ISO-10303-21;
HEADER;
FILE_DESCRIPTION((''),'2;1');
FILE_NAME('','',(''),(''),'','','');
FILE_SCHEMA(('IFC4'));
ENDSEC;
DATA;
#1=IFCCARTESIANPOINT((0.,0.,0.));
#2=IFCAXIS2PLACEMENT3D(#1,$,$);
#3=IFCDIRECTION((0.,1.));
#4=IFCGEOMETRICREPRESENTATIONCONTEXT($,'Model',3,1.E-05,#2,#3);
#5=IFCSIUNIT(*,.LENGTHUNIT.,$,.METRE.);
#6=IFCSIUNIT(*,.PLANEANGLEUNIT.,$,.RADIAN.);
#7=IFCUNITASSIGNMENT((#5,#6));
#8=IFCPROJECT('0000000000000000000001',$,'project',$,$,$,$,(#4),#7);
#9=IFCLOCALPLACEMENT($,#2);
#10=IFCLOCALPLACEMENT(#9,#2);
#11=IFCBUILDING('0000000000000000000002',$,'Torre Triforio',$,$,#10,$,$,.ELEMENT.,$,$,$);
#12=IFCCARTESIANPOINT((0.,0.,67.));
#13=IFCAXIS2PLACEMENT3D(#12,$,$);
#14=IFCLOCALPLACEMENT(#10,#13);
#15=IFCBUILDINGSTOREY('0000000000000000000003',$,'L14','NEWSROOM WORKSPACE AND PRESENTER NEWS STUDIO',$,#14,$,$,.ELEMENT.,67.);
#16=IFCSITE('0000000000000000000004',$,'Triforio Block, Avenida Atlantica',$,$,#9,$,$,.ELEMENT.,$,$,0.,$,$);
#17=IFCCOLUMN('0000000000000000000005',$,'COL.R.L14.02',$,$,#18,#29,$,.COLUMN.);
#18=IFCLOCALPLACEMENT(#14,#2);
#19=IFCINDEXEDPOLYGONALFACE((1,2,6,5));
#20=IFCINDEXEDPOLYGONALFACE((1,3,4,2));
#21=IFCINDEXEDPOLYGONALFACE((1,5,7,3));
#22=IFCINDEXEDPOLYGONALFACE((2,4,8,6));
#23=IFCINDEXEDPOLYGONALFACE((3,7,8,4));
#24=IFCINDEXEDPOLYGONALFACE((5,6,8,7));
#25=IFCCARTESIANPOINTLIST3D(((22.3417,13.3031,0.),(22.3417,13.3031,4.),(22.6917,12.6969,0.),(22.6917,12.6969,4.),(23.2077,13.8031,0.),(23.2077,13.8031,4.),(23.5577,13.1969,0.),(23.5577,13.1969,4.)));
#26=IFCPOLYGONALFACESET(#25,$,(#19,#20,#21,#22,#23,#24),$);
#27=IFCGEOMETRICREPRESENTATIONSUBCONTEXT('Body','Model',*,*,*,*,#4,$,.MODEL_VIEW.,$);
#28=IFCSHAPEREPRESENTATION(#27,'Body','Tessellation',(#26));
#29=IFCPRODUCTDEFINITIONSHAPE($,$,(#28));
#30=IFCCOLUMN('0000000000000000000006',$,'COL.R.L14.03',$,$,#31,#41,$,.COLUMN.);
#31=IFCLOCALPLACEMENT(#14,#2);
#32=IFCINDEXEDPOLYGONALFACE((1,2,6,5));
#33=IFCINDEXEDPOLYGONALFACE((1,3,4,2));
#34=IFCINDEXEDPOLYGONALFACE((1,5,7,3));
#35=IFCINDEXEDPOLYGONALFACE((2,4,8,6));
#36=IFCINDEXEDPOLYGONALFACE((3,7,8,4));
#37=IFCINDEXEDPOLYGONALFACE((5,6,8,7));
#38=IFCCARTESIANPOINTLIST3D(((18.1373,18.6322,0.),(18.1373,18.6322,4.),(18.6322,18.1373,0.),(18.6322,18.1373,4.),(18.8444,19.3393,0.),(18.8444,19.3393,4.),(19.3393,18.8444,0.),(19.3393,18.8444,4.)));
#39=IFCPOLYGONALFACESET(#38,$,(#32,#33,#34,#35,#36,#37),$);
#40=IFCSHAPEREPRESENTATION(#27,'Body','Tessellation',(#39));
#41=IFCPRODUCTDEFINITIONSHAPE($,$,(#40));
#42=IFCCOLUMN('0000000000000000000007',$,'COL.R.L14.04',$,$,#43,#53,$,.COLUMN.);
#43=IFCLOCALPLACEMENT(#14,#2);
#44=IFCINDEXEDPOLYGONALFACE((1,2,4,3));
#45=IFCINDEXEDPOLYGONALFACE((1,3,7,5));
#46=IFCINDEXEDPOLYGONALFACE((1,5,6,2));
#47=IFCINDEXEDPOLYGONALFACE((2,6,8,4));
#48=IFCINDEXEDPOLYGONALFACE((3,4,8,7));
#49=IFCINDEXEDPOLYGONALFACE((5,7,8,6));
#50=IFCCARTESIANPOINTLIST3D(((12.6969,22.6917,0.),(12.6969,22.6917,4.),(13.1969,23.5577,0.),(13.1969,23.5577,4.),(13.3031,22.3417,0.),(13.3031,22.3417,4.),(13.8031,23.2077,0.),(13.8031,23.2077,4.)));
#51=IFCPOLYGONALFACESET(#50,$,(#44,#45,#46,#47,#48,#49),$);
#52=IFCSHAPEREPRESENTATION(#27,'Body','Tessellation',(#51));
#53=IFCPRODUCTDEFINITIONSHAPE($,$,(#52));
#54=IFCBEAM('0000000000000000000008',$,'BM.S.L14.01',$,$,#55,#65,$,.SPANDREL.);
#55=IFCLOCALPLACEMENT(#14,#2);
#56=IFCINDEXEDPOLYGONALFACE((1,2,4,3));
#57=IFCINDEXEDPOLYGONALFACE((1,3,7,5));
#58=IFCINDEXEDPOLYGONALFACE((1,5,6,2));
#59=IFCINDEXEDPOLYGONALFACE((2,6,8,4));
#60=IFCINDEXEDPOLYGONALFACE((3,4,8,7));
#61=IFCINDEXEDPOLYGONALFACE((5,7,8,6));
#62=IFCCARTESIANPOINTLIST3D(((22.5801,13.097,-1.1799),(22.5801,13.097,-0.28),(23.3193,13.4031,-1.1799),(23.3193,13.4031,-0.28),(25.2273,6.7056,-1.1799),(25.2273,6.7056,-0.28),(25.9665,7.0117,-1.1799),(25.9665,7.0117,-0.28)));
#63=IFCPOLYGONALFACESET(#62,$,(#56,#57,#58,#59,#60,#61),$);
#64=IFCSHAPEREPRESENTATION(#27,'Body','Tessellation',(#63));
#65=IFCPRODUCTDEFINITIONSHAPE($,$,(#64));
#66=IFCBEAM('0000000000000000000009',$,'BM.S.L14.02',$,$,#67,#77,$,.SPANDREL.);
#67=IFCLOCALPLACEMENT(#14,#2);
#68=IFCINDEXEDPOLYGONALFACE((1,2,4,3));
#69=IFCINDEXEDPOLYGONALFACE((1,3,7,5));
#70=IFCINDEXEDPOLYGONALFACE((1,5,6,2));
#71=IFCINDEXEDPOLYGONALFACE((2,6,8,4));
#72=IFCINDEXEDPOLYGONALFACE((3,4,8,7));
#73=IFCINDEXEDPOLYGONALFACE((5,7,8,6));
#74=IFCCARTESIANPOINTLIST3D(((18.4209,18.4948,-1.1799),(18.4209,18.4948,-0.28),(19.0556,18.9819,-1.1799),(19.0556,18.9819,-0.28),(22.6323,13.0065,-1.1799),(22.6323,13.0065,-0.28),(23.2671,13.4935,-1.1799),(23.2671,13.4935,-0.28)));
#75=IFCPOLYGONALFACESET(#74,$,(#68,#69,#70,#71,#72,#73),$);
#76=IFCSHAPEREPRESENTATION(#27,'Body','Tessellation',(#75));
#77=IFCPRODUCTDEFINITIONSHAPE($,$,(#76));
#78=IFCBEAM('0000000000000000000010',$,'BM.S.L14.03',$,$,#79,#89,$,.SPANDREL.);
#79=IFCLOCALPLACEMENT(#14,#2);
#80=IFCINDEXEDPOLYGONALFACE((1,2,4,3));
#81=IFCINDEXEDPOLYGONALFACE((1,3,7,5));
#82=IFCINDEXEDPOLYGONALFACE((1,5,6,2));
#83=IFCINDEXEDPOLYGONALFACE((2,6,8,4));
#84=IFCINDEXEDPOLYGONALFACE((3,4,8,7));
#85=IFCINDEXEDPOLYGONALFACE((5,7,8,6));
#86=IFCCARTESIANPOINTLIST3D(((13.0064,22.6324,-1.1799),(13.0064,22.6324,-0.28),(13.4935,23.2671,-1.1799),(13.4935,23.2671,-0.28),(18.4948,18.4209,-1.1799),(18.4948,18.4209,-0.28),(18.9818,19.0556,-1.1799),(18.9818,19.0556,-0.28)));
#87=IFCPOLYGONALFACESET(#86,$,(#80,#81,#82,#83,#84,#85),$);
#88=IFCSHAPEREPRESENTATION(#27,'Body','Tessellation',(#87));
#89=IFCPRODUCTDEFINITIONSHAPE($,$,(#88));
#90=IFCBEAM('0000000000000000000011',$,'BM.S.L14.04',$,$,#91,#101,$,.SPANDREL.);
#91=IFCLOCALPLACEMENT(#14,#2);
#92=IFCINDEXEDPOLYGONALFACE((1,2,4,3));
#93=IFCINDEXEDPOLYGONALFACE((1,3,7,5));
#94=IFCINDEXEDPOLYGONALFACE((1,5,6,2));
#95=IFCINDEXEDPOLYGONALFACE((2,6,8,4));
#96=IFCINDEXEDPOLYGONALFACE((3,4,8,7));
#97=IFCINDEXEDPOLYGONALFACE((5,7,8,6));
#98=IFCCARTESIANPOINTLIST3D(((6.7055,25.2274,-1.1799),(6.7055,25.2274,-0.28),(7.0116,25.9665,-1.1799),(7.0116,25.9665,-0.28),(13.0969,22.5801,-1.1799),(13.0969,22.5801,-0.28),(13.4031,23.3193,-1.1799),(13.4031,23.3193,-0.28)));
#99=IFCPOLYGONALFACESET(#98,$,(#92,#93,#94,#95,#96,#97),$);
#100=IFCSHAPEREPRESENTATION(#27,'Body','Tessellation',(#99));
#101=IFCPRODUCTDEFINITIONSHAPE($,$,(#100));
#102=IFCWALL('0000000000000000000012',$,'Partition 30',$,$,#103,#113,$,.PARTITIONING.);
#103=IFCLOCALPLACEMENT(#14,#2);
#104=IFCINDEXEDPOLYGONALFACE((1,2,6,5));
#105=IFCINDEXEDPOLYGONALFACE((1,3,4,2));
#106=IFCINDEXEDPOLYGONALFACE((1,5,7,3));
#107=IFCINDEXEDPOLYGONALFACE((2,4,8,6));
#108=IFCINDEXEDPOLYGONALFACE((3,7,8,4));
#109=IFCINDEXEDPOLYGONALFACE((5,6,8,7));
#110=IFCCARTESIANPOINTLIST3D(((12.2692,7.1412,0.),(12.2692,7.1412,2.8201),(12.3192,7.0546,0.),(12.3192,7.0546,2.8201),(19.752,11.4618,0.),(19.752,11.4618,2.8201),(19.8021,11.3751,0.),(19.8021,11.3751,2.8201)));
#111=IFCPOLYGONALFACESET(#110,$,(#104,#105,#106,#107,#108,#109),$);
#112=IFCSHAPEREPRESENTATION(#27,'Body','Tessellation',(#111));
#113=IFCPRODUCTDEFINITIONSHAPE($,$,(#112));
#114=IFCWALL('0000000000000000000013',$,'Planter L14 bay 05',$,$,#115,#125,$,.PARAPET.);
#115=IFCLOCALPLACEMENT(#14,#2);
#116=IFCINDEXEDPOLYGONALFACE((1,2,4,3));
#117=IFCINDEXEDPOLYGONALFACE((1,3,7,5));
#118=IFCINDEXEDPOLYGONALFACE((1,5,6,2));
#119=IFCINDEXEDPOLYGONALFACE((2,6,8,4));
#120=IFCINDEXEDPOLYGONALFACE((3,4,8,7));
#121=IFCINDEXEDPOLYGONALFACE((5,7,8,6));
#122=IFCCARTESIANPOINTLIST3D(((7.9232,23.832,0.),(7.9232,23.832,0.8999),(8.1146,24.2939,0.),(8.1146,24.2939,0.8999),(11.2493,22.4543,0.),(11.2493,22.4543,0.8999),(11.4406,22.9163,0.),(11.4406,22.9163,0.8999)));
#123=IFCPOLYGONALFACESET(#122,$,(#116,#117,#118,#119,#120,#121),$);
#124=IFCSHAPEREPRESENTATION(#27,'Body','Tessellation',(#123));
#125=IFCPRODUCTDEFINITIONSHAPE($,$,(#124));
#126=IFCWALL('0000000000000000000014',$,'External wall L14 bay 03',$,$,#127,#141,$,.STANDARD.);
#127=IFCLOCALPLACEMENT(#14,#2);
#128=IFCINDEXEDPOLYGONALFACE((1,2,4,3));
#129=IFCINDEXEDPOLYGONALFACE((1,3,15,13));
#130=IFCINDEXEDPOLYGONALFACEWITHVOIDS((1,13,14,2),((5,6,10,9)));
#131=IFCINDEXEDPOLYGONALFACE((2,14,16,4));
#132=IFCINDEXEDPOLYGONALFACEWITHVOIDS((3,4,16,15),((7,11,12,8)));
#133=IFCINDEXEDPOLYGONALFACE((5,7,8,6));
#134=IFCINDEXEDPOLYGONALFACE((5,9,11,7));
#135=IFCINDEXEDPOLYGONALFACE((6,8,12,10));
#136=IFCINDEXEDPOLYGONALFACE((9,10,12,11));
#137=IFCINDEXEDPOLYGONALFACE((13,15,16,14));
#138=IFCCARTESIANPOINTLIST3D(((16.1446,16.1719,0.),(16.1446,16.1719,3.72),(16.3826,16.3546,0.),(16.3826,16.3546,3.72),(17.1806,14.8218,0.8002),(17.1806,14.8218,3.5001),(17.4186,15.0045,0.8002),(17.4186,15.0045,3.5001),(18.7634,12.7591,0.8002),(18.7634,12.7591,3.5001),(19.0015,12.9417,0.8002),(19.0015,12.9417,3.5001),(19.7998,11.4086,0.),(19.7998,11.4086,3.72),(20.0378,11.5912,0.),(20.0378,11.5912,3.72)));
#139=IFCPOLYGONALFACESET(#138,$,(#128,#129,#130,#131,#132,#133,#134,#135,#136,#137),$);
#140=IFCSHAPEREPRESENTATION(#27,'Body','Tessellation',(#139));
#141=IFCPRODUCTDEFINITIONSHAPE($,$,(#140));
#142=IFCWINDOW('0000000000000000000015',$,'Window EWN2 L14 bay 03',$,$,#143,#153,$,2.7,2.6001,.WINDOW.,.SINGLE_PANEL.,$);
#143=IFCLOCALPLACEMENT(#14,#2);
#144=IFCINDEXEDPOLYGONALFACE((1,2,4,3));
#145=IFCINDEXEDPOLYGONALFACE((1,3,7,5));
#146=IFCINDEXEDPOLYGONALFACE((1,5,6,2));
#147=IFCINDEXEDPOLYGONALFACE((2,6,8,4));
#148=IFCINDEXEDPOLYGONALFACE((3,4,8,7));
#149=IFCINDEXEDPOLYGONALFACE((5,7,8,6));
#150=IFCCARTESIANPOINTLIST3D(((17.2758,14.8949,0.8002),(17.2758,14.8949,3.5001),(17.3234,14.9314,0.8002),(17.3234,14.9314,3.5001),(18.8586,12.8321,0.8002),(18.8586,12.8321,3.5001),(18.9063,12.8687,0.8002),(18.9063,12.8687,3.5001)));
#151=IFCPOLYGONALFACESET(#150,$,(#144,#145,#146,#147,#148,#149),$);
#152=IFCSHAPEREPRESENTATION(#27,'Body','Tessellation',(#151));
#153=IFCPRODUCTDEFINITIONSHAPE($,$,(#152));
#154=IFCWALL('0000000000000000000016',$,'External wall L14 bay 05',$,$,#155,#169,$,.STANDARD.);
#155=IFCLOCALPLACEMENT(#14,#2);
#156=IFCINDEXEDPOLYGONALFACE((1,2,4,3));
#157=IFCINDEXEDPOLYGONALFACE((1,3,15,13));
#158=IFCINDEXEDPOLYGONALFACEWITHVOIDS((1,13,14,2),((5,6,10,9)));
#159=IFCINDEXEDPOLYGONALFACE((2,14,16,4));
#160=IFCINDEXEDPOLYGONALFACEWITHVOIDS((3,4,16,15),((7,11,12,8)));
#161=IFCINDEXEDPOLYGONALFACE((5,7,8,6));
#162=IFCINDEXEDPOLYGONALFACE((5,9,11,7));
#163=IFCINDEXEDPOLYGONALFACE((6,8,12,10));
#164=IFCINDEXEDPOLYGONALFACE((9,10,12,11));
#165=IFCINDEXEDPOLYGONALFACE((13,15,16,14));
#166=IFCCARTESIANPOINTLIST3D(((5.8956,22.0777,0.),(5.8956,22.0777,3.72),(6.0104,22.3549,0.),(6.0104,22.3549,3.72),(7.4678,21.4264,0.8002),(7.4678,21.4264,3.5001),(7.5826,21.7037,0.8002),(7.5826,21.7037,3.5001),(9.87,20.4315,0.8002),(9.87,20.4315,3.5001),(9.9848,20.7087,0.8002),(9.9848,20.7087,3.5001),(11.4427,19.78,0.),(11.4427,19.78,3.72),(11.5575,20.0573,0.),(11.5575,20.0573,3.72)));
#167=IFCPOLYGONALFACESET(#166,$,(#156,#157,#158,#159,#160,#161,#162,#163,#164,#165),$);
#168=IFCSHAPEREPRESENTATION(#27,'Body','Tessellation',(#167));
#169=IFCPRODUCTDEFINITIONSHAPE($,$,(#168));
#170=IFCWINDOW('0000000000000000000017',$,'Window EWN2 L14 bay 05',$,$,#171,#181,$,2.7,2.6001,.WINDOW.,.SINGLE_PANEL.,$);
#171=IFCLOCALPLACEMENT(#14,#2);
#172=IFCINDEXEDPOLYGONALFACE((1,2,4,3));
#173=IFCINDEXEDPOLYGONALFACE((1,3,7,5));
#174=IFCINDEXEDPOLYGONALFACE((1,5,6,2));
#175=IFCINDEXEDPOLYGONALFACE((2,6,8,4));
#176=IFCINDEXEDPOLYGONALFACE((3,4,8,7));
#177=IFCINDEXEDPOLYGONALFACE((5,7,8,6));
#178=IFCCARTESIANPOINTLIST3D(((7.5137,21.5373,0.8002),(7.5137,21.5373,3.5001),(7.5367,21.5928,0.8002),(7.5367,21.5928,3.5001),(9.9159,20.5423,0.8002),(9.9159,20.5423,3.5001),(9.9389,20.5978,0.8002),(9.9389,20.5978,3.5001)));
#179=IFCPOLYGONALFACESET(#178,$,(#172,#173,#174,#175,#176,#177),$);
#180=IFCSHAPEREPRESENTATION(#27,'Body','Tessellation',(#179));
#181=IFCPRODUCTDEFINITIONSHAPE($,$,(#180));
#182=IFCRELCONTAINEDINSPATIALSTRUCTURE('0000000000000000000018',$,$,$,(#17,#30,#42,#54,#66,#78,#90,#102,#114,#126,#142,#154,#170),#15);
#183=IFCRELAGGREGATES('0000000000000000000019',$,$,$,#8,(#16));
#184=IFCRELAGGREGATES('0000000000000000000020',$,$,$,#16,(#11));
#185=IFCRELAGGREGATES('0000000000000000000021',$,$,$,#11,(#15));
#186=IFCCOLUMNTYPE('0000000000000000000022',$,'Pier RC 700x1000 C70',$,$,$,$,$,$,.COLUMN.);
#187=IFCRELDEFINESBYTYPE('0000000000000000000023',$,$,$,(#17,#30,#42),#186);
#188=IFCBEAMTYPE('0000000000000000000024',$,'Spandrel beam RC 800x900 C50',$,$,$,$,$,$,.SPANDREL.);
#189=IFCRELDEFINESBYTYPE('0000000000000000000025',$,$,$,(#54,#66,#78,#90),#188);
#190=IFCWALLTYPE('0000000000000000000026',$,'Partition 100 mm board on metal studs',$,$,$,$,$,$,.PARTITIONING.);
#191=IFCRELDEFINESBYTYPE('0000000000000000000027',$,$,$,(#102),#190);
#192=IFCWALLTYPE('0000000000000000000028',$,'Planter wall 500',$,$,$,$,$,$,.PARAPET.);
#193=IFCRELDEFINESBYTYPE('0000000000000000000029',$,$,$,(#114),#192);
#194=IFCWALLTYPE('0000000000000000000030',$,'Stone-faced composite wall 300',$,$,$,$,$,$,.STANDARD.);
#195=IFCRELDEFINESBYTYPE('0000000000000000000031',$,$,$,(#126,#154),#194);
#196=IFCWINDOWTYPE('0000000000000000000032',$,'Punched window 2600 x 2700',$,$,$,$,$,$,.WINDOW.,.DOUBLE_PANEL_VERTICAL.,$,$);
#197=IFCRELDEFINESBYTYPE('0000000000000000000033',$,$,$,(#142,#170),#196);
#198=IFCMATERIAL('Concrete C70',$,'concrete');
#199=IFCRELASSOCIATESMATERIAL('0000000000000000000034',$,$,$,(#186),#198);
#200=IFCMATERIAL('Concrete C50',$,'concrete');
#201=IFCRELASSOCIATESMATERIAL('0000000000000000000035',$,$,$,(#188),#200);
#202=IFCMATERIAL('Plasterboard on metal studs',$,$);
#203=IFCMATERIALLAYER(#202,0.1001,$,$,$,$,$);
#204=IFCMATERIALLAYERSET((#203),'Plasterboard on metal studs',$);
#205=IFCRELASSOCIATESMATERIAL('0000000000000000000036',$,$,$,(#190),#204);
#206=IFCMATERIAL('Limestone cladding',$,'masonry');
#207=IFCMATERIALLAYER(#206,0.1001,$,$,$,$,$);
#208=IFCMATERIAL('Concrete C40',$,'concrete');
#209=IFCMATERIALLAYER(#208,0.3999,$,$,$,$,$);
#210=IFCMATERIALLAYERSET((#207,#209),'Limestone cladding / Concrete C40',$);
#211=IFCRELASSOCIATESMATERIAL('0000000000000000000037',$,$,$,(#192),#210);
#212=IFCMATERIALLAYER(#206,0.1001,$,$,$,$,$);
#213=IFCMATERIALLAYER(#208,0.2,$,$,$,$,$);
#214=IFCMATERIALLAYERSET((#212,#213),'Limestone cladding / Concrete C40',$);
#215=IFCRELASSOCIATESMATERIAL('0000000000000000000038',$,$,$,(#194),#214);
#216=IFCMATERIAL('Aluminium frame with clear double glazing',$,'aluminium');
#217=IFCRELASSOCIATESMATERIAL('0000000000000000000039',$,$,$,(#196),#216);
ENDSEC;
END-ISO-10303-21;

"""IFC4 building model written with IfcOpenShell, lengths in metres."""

from ifc_helpers import new_model, si_unit, direction, frame, frame_2d, origin, origin_2d, place, context, subcontext, project, spatial, rectangle, extrude, material, layer, layer_set, material_profile, profile_set, type_object, element, fill, save


model = new_model("IFC4")

# Units and contexts
model_context = context("Model", 3, precision=1e-05, world=origin(), true_north=direction((0.0, 1.0)))
body_context = subcontext(model_context, "Body", "Model", "MODEL_VIEW")
ifc_project = project(units=[si_unit("LENGTHUNIT", "METRE"), si_unit("PLANEANGLEUNIT", "RADIAN")], contexts=[model_context])

# Site, building, storey
site_placement = place(None, origin())
site = spatial("IfcSite", under=ifc_project, at=site_placement, Name="Triforio Block, Avenida Atlantica", CompositionType="ELEMENT", RefElevation=0.0)
building_placement = place(site_placement, origin())
building = spatial("IfcBuilding", under=site, at=building_placement, Name="Torre Triforio", CompositionType="ELEMENT")
storey_placement = place(building_placement, frame((0.0, 0.0, 67.0)))
storey = spatial("IfcBuildingStorey", under=building, at=storey_placement, Name="L14", Description="NEWSROOM WORKSPACE AND PRESENTER NEWS STUDIO", CompositionType="ELEMENT", Elevation=67.0)

# Columns
ifc_material_1 = material(Name="Concrete C70", Category="concrete")
ifc_material_profile_1 = material_profile(ifc_material_1, rectangle(XDim=0.7, YDim=1.0, at=origin_2d()), Name="RC 700x1000")
ifc_profile_set_1 = profile_set([ifc_material_profile_1], Name="Concrete C70")
column_type = type_object("IfcColumnType", Name="Pier RC 700x1000 C70", PredefinedType="COLUMN", material=ifc_profile_set_1)
for number, where, z_axis, x_axis, name in (
    (1, (22.9497, 13.25, 0.0), (0.0, 0.0, 1.0), (-0.5, 0.866025, 0.0), "COL.R.L14.02"),
    (2, (18.7383, 18.7383, 0.0), (0.0, 0.0, 1.0), (-0.707107, 0.707107, 0.0), "COL.R.L14.03"),
    (3, (13.25, 22.9497, 0.0), (0.0, 0.0, 1.0), (-0.866025, 0.5, 0.0), "COL.R.L14.04"),
):
    element("IfcColumn", number, at=place(storey_placement, frame(where, z_axis=z_axis, x_axis=x_axis)), inside=storey, type_object=column_type, Name=name, PredefinedType="COLUMN", context=body_context, shape_type="SweptSolid", body=[
        extrude(rectangle(XDim=0.7, YDim=1.0, at=origin_2d()), origin(), (0.0, 0.0, 1.0), 4.0),
    ])

# Beams
ifc_material_2 = material(Name="Concrete C50", Category="concrete")
ifc_material_profile_2 = material_profile(ifc_material_2, rectangle(XDim=0.8, YDim=0.8999, at=origin_2d()), Name="RC 800x900")
ifc_profile_set_2 = profile_set([ifc_material_profile_2], Name="Concrete C50")
beam_type = type_object("IfcBeamType", Name="Spandrel beam RC 800x900 C50", PredefinedType="SPANDREL", material=ifc_profile_set_2)
for number, where, z_axis, x_axis, name in (
    (4, (25.5969, 6.8586, -0.73), (-0.382662, 0.923888, 0.0), (-0.923888, -0.382662, 0.0), "BM.S.L14.01"),
    (5, (22.9497, 13.25, -0.73), (-0.608772, 0.793345, 0.0), (-0.793345, -0.608772, 0.0), "BM.S.L14.02"),
    (6, (18.7383, 18.7383, -0.73), (-0.793345, 0.608772, 0.0), (-0.608772, -0.793345, 0.0), "BM.S.L14.03"),
    (7, (13.25, 22.9497, -0.73), (-0.923888, 0.382662, 0.0), (-0.382662, -0.923888, 0.0), "BM.S.L14.04"),
):
    element("IfcBeam", number, at=place(storey_placement, frame(where, z_axis=z_axis, x_axis=x_axis)), inside=storey, type_object=beam_type, Name=name, PredefinedType="SPANDREL", context=body_context, shape_type="SweptSolid", body=[
        extrude(rectangle(XDim=0.8, YDim=0.8999, at=origin_2d()), origin(), (0.0, 0.0, 1.0), 6.918),
    ])

# Walls
ifc_material_3 = material(Name="Plasterboard on metal studs")
ifc_layer_1 = layer(ifc_material_3, 0.1001)
ifc_layer_set_1 = layer_set([ifc_layer_1], Name="Plasterboard on metal studs")
wall_type_1 = type_object("IfcWallType", Name="Partition 100 mm board on metal studs", PredefinedType="PARTITIONING", material=ifc_layer_set_1)
wall_1_placement = place(storey_placement, frame((12.2942, 7.0979, 0.0), z_axis=(0.0, 0.0, 1.0), x_axis=(0.866011, 0.500026, 0.0)))
element("IfcWall", 8, at=wall_1_placement, inside=storey, type_object=wall_type_1, Name="Partition 30", PredefinedType="PARTITIONING", context=body_context, shape_type="SweptSolid", body=[
    extrude(rectangle(XDim=8.6406, YDim=0.1001, at=frame_2d((4.3203, 0.0))), origin(), (0.0, 0.0, 1.0), 2.8201),
])
ifc_material_4 = material(Name="Limestone cladding", Category="masonry")
ifc_layer_2 = layer(ifc_material_4, 0.1001)
ifc_material_5 = material(Name="Concrete C40", Category="concrete")
ifc_layer_3 = layer(ifc_material_5, 0.3999)
ifc_layer_set_2 = layer_set([ifc_layer_2, ifc_layer_3], Name="Limestone cladding / Concrete C40")
wall_type_2 = type_object("IfcWallType", Name="Planter wall 500", PredefinedType="PARAPET", material=ifc_layer_set_2)
wall_2_placement = place(storey_placement, frame((11.345, 22.6853, 0.0), z_axis=(0.0, 0.0, 1.0), x_axis=(-0.923885, 0.382669, 0.0)))
element("IfcWall", 9, at=wall_2_placement, inside=storey, type_object=wall_type_2, Name="Planter L14 bay 05", PredefinedType="PARAPET", context=body_context, shape_type="SweptSolid", body=[
    extrude(rectangle(XDim=3.6001, YDim=0.5, at=frame_2d((1.8, 0.0))), origin(), (0.0, 0.0, 1.0), 0.8999),
])

# Wall, opening, window
ifc_layer_4 = layer(ifc_material_4, 0.1001)
ifc_layer_5 = layer(ifc_material_5, 0.2)
ifc_layer_set_3 = layer_set([ifc_layer_4, ifc_layer_5], Name="Limestone cladding / Concrete C40")
wall_type_3 = type_object("IfcWallType", Name="Stone-faced composite wall 300", PredefinedType="STANDARD", material=ifc_layer_set_3)
wall_3_placement = place(storey_placement, frame((19.9187, 11.5, 0.0), z_axis=(0.0, 0.0, 1.0), x_axis=(-0.608779, 0.79334, 0.0)))
wall_3 = element("IfcWall", 10, at=wall_3_placement, inside=storey, type_object=wall_type_3, Name="External wall L14 bay 03", PredefinedType="STANDARD", context=body_context, shape_type="SweptSolid", body=[
    extrude(rectangle(XDim=6.0042, YDim=0.3, at=frame_2d((3.002, 0.0))), origin(), (0.0, 0.0, 1.0), 3.72),
])
opening_1_placement = place(wall_3_placement, frame((1.7021, 0.0, 0.8)))
opening_1 = element("IfcOpeningElement", 11, at=opening_1_placement, cuts=wall_3, PredefinedType="OPENING", context=body_context, shape_type="SweptSolid", body=[
    extrude(rectangle(XDim=2.6001, YDim=2.7, at=frame_2d((1.3, 1.3501))), frame((0.0, 0.1599, 0.0), z_axis=(0.0, -1.0, 0.0), x_axis=(1.0, 0.0, 0.0)), (0.0, 0.0, 1.0), 0.3201),
])
ifc_material_6 = material(Name="Aluminium frame with clear double glazing", Category="aluminium")
window_type_1 = type_object("IfcWindowType", Name="Punched window 2600 x 2700", PartitioningType="DOUBLE_PANEL_VERTICAL", PredefinedType="WINDOW", material=ifc_material_6)
window_1_placement = place(opening_1_placement, origin())
window_1 = element("IfcWindow", 12, at=window_1_placement, inside=storey, type_object=window_type_1, Name="Window EWN2 L14 bay 03", OverallHeight=2.7, OverallWidth=2.6001, PartitioningType="SINGLE_PANEL", PredefinedType="WINDOW", context=body_context, shape_type="SweptSolid", body=[
    extrude(rectangle(XDim=2.6001, YDim=2.7, at=frame_2d((1.3, 1.3501))), frame((0.0, 0.03, 0.0), z_axis=(0.0, -1.0, 0.0), x_axis=(1.0, 0.0, 0.0)), (0.0, 0.0, 1.0), 0.0601),
])
fill(opening_1, window_1)

# Wall, opening, window
wall_4_placement = place(storey_placement, frame((11.5, 19.9187, 0.0), z_axis=(0.0, 0.0, 1.0), x_axis=(-0.923885, 0.382671, 0.0)))
wall_4 = element("IfcWall", 13, at=wall_4_placement, inside=storey, type_object=wall_type_3, Name="External wall L14 bay 05", PredefinedType="STANDARD", context=body_context, shape_type="SweptSolid", body=[
    extrude(rectangle(XDim=6.0042, YDim=0.3, at=frame_2d((3.002, 0.0))), origin(), (0.0, 0.0, 1.0), 3.72),
])
opening_2_placement = place(wall_4_placement, frame((1.7021, 0.0, 0.8)))
opening_2 = element("IfcOpeningElement", 14, at=opening_2_placement, cuts=wall_4, PredefinedType="OPENING", context=body_context, shape_type="SweptSolid", body=[
    extrude(rectangle(XDim=2.6001, YDim=2.7, at=frame_2d((1.3, 1.3501))), frame((0.0, 0.1599, 0.0), z_axis=(0.0, -1.0, 0.0), x_axis=(1.0, 0.0, 0.0)), (0.0, 0.0, 1.0), 0.3201),
])
window_2_placement = place(opening_2_placement, origin())
window_2 = element("IfcWindow", 15, at=window_2_placement, inside=storey, type_object=window_type_1, Name="Window EWN2 L14 bay 05", OverallHeight=2.7, OverallWidth=2.6001, PartitioningType="SINGLE_PANEL", PredefinedType="WINDOW", context=body_context, shape_type="SweptSolid", body=[
    extrude(rectangle(XDim=2.6001, YDim=2.7, at=frame_2d((1.3, 1.3501))), frame((0.0, 0.03, 0.0), z_axis=(0.0, -1.0, 0.0), x_axis=(1.0, 0.0, 0.0)), (0.0, 0.0, 1.0), 0.0601),
])
fill(opening_2, window_2)

save(model, "model.ifc")
